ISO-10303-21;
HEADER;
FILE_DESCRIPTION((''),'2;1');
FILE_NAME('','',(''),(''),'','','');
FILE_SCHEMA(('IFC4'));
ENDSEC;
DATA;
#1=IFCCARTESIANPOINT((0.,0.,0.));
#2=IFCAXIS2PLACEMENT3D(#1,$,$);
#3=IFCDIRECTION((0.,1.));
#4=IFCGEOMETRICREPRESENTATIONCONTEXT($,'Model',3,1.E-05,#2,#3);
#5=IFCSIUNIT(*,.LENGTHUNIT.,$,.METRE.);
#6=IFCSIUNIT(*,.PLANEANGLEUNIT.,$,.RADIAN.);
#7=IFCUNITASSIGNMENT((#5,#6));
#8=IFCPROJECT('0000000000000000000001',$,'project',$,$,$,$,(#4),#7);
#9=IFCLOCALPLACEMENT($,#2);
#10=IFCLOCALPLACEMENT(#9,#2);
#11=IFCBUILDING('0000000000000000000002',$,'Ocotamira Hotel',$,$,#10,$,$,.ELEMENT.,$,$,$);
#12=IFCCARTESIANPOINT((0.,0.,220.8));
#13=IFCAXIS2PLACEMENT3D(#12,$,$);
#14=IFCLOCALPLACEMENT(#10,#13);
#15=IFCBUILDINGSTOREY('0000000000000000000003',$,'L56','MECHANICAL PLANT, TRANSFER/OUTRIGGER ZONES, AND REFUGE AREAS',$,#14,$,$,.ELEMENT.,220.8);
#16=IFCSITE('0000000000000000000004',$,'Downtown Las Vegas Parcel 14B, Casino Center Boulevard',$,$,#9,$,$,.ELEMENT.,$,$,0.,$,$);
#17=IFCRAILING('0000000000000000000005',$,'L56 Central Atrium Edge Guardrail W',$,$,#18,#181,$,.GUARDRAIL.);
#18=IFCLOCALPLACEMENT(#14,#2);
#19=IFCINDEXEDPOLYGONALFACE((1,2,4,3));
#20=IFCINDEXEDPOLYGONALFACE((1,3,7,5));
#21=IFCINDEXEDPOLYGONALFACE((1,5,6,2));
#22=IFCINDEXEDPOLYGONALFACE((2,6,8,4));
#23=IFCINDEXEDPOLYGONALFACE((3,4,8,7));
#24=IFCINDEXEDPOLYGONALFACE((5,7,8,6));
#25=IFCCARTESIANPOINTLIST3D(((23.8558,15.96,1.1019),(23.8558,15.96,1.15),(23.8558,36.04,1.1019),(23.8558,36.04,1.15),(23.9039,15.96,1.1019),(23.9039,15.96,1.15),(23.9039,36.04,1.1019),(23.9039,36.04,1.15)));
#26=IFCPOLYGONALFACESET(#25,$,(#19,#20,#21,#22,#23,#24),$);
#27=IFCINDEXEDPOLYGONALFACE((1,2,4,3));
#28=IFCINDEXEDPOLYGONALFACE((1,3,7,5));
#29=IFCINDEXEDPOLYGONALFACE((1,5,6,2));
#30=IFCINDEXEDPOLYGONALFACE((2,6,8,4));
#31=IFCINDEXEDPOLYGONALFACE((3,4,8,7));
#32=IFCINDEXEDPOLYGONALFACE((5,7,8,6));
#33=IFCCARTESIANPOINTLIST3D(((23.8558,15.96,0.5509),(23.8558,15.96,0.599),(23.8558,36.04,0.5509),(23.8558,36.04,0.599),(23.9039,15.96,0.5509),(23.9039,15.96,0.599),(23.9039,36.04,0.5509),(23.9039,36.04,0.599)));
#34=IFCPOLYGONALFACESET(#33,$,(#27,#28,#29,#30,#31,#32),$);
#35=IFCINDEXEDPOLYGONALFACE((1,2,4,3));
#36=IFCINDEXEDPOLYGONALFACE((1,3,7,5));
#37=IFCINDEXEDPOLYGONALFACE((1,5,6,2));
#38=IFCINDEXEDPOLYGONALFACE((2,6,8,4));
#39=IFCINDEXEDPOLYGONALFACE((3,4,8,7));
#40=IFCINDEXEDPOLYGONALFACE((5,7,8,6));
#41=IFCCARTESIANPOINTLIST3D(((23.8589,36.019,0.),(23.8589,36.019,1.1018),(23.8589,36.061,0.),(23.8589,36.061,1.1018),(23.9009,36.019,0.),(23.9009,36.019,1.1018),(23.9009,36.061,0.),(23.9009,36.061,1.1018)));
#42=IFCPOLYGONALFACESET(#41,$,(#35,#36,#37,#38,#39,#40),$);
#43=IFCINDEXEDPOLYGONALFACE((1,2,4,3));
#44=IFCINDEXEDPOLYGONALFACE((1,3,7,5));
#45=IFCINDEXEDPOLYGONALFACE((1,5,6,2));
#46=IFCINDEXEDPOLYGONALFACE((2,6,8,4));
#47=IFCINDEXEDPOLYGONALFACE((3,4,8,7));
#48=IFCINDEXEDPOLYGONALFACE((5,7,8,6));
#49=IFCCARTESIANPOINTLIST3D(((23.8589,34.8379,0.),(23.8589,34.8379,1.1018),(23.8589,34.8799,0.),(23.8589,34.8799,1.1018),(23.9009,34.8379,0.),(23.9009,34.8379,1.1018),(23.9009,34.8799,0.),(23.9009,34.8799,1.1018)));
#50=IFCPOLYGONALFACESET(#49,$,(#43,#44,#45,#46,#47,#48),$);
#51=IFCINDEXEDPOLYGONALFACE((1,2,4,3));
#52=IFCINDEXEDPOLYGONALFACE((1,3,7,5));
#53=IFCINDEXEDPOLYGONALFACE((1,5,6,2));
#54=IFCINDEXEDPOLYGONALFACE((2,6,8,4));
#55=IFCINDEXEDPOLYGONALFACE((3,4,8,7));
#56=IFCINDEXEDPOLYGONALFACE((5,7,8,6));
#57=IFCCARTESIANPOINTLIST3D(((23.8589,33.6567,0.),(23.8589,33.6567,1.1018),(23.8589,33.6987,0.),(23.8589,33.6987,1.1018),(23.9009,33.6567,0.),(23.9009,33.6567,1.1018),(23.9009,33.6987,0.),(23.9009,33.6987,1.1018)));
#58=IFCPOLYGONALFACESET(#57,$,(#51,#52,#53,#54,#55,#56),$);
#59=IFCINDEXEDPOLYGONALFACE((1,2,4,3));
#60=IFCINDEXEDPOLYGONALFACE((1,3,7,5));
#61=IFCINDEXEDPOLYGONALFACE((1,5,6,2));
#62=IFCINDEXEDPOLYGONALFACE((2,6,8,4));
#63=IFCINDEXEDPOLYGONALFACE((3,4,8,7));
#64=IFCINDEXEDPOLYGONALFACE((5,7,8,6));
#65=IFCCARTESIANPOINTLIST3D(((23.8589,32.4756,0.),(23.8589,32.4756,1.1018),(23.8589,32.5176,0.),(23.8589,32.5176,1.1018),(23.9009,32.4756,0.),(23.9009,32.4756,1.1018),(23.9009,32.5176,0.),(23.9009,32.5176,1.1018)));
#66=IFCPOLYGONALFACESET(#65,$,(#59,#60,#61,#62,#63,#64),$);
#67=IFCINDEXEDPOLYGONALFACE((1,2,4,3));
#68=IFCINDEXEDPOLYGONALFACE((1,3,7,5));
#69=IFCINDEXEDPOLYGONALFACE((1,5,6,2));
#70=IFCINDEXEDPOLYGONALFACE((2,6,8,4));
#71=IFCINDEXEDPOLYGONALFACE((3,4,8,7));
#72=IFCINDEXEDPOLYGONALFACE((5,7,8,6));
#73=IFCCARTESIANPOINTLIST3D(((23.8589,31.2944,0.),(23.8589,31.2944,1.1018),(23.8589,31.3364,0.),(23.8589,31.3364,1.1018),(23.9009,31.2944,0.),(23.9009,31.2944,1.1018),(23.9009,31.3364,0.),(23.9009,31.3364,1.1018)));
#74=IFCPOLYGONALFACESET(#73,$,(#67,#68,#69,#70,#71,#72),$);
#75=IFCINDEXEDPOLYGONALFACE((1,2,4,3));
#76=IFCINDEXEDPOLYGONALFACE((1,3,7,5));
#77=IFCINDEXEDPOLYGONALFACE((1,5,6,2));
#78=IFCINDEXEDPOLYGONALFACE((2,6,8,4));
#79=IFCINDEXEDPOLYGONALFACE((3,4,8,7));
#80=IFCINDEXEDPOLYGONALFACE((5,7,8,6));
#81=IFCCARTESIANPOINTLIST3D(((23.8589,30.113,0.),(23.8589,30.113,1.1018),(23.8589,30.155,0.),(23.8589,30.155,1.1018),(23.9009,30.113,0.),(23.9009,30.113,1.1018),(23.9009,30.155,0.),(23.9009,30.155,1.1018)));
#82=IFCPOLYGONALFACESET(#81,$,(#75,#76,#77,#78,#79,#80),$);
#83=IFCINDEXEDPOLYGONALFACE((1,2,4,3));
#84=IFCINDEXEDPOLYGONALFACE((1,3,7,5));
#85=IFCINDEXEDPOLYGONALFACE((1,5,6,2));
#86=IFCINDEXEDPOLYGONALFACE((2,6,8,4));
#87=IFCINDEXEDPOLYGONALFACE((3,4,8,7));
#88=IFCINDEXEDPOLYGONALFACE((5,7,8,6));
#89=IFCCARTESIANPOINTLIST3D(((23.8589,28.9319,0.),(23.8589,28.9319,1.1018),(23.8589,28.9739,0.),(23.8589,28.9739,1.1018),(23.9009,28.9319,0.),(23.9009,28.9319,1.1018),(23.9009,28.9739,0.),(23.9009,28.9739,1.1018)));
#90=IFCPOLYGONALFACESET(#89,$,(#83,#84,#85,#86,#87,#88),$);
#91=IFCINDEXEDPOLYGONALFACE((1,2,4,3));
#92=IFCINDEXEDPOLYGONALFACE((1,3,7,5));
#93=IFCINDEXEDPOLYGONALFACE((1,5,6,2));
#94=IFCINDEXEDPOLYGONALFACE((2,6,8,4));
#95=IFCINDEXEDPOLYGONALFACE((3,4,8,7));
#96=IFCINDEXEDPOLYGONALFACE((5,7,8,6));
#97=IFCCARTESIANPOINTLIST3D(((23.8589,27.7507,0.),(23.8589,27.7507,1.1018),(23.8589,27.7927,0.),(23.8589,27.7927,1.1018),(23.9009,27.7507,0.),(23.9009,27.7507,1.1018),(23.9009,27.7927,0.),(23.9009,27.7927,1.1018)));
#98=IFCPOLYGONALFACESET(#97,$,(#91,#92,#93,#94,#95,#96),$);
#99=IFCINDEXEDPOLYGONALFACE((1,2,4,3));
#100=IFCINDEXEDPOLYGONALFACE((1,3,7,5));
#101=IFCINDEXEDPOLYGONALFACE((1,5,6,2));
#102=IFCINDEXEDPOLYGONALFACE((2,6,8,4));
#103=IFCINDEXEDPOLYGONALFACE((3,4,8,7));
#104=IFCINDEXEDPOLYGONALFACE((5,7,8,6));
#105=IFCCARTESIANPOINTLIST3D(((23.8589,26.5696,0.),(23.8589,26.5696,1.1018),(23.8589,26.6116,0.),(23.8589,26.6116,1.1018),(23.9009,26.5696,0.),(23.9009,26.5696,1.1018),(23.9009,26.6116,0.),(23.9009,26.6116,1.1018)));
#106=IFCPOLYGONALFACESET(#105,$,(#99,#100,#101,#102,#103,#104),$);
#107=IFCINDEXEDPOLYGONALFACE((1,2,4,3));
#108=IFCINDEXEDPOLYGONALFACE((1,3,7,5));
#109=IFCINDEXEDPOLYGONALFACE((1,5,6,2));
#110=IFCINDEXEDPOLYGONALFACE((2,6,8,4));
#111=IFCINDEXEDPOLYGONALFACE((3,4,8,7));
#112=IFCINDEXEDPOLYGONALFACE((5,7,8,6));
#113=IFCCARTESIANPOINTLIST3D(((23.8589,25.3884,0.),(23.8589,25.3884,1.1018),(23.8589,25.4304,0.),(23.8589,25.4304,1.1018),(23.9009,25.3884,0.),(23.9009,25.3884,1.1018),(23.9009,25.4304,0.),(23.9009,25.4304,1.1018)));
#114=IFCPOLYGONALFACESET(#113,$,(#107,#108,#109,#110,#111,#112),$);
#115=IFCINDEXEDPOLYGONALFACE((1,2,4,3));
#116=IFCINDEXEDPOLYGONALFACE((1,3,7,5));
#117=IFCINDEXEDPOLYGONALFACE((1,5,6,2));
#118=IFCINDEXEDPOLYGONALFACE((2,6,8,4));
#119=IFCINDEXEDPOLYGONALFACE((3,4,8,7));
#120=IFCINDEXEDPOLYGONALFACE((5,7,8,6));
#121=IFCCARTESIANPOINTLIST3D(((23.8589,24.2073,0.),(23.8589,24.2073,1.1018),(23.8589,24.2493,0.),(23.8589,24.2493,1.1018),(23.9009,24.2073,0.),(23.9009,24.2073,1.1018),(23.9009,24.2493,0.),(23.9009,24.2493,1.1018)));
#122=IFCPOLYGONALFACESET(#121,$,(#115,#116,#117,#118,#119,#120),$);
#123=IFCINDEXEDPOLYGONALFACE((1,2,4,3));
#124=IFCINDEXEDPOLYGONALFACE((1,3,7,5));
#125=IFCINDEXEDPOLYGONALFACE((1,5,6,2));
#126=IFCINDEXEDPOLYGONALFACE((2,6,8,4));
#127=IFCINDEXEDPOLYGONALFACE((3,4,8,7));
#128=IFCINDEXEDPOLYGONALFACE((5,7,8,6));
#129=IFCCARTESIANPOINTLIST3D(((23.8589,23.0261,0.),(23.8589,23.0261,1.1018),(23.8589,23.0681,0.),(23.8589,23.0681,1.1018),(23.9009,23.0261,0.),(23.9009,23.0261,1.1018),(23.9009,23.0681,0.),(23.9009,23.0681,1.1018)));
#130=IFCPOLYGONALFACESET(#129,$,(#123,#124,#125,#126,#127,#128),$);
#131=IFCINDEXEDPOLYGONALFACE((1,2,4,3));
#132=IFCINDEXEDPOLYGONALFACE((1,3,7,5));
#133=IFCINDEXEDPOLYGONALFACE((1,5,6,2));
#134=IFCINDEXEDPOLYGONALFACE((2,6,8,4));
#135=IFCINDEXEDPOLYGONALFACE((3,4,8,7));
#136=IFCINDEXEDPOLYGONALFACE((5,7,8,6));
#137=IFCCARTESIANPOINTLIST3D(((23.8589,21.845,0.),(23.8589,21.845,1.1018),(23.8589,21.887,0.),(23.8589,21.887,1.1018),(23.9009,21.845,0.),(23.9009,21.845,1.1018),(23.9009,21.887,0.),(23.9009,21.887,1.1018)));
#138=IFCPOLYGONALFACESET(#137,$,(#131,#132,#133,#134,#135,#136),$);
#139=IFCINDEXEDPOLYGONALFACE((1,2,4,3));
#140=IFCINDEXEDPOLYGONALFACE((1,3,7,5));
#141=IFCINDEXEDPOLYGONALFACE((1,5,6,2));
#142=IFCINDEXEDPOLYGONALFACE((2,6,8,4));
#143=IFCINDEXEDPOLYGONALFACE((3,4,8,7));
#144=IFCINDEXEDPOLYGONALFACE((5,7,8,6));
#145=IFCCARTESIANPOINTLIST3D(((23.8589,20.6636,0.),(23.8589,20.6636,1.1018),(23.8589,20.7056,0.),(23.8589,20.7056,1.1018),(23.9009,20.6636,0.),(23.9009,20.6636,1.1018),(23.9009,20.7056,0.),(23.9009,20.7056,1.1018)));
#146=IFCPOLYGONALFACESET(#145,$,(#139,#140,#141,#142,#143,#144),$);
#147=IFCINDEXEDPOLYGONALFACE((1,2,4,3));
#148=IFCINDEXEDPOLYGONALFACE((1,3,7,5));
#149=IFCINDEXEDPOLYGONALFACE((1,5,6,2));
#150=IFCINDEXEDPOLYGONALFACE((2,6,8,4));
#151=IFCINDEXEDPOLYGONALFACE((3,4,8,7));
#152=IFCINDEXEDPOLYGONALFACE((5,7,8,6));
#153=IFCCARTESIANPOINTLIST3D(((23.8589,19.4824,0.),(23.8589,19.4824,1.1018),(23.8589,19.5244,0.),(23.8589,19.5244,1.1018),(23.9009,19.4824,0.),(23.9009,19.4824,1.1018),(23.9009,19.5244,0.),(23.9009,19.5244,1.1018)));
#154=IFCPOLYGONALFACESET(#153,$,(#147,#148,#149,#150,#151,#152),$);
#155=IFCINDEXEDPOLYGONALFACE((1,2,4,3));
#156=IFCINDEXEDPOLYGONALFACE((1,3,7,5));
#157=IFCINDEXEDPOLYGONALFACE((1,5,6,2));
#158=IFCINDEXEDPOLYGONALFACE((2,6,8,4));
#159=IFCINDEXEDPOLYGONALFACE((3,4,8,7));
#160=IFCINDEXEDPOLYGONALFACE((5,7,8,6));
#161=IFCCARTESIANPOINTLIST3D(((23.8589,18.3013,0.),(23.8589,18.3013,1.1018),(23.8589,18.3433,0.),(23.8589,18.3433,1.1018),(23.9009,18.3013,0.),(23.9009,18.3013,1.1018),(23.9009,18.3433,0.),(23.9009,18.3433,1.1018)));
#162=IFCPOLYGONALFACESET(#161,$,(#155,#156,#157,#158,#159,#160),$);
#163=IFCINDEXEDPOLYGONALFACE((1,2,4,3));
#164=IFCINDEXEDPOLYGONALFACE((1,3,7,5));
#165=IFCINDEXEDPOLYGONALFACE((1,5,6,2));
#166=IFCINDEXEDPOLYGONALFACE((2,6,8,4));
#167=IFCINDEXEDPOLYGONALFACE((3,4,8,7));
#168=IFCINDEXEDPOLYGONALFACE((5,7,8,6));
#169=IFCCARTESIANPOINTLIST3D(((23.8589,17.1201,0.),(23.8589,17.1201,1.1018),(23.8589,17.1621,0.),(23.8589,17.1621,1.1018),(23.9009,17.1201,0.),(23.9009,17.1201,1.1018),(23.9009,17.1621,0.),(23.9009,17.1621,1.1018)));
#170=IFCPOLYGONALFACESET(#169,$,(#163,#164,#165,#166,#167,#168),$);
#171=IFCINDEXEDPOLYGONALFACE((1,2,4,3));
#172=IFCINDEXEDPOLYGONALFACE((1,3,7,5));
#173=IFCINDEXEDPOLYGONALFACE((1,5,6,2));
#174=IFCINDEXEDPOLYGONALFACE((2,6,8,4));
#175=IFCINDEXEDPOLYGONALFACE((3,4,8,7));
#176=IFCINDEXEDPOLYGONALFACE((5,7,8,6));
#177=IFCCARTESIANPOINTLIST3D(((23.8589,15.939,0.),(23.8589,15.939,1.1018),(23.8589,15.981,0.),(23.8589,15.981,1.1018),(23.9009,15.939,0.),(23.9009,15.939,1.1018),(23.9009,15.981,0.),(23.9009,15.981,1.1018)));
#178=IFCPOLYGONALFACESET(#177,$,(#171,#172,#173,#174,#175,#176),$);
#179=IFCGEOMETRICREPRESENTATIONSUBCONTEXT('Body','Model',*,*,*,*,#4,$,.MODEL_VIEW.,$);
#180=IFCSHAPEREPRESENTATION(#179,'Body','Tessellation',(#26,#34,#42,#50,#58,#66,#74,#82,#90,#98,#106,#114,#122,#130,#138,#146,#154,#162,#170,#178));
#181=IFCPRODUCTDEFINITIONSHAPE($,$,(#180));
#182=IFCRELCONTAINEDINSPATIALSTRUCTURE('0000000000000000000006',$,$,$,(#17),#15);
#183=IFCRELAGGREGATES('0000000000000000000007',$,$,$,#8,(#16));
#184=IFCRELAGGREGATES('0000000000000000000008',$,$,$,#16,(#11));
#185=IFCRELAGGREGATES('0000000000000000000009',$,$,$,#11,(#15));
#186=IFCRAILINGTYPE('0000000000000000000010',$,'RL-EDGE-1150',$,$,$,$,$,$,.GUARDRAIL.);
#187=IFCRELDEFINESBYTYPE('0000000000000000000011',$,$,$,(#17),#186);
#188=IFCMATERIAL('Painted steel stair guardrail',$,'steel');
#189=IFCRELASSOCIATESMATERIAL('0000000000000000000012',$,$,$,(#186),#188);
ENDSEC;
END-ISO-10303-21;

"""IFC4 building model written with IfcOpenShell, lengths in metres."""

from ifc_helpers import new_model, si_unit, direction, frame, origin, origin_2d, place, context, subcontext, project, spatial, rectangle, extrude, material, type_object, element, save


model = new_model("IFC4")

# Units and contexts
model_context = context("Model", 3, precision=1e-05, world=origin(), true_north=direction((0.0, 1.0)))
body_context = subcontext(model_context, "Body", "Model", "MODEL_VIEW")
ifc_project = project(units=[si_unit("LENGTHUNIT", "METRE"), si_unit("PLANEANGLEUNIT", "RADIAN")], contexts=[model_context])

# Site, building, storey
site_placement = place(None, origin())
site = spatial("IfcSite", under=ifc_project, at=site_placement, Name="Downtown Las Vegas Parcel 14B, Casino Center Boulevard", CompositionType="ELEMENT", RefElevation=0.0)
building_placement = place(site_placement, origin())
building = spatial("IfcBuilding", under=site, at=building_placement, Name="Ocotamira Hotel", CompositionType="ELEMENT")
storey_placement = place(building_placement, frame((0.0, 0.0, 220.8)))
storey = spatial("IfcBuildingStorey", under=building, at=storey_placement, Name="L56", Description="MECHANICAL PLANT, TRANSFER/OUTRIGGER ZONES, AND REFUGE AREAS", CompositionType="ELEMENT", Elevation=220.8)

# Railing
ifc_material_1 = material(Name="Painted steel stair guardrail", Category="steel")
railing_type = type_object("IfcRailingType", Name="RL-EDGE-1150", PredefinedType="GUARDRAIL", material=ifc_material_1)
railing_1_placement = place(storey_placement, frame((23.8799, 36.04, 0.0)))
element("IfcRailing", 1, at=railing_1_placement, inside=storey, type_object=railing_type, Name="L56 Central Atrium Edge Guardrail W", PredefinedType="GUARDRAIL", context=body_context, shape_type="SweptSolid", body=[
    extrude(rectangle(XDim=0.0481, YDim=0.0481, at=origin_2d()), frame((0.0, 0.0, 1.126), z_axis=(0.0, -1.0, 0.0), x_axis=(1.0, 0.0, 0.0)), (0.0, 0.0, 1.0), 20.0801),
    extrude(rectangle(XDim=0.0481, YDim=0.0481, at=origin_2d()), frame((0.0, 0.0, 0.575), z_axis=(0.0, -1.0, 0.0), x_axis=(1.0, 0.0, 0.0)), (0.0, 0.0, 1.0), 20.0801),
    extrude(rectangle(XDim=0.042, YDim=0.042, at=origin_2d()), origin(), (0.0, 0.0, 1.0), 1.1018),
    extrude(rectangle(XDim=0.042, YDim=0.042, at=origin_2d()), frame((0.0, -1.1812, 0.0)), (0.0, 0.0, 1.0), 1.1018),
    extrude(rectangle(XDim=0.042, YDim=0.042, at=origin_2d()), frame((0.0, -2.3623, 0.0)), (0.0, 0.0, 1.0), 1.1018),
    extrude(rectangle(XDim=0.042, YDim=0.042, at=origin_2d()), frame((0.0, -3.5435, 0.0)), (0.0, 0.0, 1.0), 1.1018),
    extrude(rectangle(XDim=0.042, YDim=0.042, at=origin_2d()), frame((0.0, -4.7246, 0.0)), (0.0, 0.0, 1.0), 1.1018),
    extrude(rectangle(XDim=0.042, YDim=0.042, at=origin_2d()), frame((0.0, -5.906, 0.0)), (0.0, 0.0, 1.0), 1.1018),
    extrude(rectangle(XDim=0.042, YDim=0.042, at=origin_2d()), frame((0.0, -7.0872, 0.0)), (0.0, 0.0, 1.0), 1.1018),
    extrude(rectangle(XDim=0.042, YDim=0.042, at=origin_2d()), frame((0.0, -8.2683, 0.0)), (0.0, 0.0, 1.0), 1.1018),
    extrude(rectangle(XDim=0.042, YDim=0.042, at=origin_2d()), frame((0.0, -9.4495, 0.0)), (0.0, 0.0, 1.0), 1.1018),
    extrude(rectangle(XDim=0.042, YDim=0.042, at=origin_2d()), frame((0.0, -10.6306, 0.0)), (0.0, 0.0, 1.0), 1.1018),
    extrude(rectangle(XDim=0.042, YDim=0.042, at=origin_2d()), frame((0.0, -11.8118, 0.0)), (0.0, 0.0, 1.0), 1.1018),
    extrude(rectangle(XDim=0.042, YDim=0.042, at=origin_2d()), frame((0.0, -12.9929, 0.0)), (0.0, 0.0, 1.0), 1.1018),
    extrude(rectangle(XDim=0.042, YDim=0.042, at=origin_2d()), frame((0.0, -14.1741, 0.0)), (0.0, 0.0, 1.0), 1.1018),
    extrude(rectangle(XDim=0.042, YDim=0.042, at=origin_2d()), frame((0.0, -15.3555, 0.0)), (0.0, 0.0, 1.0), 1.1018),
    extrude(rectangle(XDim=0.042, YDim=0.042, at=origin_2d()), frame((0.0, -16.5366, 0.0)), (0.0, 0.0, 1.0), 1.1018),
    extrude(rectangle(XDim=0.042, YDim=0.042, at=origin_2d()), frame((0.0, -17.7178, 0.0)), (0.0, 0.0, 1.0), 1.1018),
    extrude(rectangle(XDim=0.042, YDim=0.042, at=origin_2d()), frame((0.0, -18.8989, 0.0)), (0.0, 0.0, 1.0), 1.1018),
    extrude(rectangle(XDim=0.042, YDim=0.042, at=origin_2d()), frame((0.0, -20.0801, 0.0)), (0.0, 0.0, 1.0), 1.1018),
])

save(model, "model.ifc")
